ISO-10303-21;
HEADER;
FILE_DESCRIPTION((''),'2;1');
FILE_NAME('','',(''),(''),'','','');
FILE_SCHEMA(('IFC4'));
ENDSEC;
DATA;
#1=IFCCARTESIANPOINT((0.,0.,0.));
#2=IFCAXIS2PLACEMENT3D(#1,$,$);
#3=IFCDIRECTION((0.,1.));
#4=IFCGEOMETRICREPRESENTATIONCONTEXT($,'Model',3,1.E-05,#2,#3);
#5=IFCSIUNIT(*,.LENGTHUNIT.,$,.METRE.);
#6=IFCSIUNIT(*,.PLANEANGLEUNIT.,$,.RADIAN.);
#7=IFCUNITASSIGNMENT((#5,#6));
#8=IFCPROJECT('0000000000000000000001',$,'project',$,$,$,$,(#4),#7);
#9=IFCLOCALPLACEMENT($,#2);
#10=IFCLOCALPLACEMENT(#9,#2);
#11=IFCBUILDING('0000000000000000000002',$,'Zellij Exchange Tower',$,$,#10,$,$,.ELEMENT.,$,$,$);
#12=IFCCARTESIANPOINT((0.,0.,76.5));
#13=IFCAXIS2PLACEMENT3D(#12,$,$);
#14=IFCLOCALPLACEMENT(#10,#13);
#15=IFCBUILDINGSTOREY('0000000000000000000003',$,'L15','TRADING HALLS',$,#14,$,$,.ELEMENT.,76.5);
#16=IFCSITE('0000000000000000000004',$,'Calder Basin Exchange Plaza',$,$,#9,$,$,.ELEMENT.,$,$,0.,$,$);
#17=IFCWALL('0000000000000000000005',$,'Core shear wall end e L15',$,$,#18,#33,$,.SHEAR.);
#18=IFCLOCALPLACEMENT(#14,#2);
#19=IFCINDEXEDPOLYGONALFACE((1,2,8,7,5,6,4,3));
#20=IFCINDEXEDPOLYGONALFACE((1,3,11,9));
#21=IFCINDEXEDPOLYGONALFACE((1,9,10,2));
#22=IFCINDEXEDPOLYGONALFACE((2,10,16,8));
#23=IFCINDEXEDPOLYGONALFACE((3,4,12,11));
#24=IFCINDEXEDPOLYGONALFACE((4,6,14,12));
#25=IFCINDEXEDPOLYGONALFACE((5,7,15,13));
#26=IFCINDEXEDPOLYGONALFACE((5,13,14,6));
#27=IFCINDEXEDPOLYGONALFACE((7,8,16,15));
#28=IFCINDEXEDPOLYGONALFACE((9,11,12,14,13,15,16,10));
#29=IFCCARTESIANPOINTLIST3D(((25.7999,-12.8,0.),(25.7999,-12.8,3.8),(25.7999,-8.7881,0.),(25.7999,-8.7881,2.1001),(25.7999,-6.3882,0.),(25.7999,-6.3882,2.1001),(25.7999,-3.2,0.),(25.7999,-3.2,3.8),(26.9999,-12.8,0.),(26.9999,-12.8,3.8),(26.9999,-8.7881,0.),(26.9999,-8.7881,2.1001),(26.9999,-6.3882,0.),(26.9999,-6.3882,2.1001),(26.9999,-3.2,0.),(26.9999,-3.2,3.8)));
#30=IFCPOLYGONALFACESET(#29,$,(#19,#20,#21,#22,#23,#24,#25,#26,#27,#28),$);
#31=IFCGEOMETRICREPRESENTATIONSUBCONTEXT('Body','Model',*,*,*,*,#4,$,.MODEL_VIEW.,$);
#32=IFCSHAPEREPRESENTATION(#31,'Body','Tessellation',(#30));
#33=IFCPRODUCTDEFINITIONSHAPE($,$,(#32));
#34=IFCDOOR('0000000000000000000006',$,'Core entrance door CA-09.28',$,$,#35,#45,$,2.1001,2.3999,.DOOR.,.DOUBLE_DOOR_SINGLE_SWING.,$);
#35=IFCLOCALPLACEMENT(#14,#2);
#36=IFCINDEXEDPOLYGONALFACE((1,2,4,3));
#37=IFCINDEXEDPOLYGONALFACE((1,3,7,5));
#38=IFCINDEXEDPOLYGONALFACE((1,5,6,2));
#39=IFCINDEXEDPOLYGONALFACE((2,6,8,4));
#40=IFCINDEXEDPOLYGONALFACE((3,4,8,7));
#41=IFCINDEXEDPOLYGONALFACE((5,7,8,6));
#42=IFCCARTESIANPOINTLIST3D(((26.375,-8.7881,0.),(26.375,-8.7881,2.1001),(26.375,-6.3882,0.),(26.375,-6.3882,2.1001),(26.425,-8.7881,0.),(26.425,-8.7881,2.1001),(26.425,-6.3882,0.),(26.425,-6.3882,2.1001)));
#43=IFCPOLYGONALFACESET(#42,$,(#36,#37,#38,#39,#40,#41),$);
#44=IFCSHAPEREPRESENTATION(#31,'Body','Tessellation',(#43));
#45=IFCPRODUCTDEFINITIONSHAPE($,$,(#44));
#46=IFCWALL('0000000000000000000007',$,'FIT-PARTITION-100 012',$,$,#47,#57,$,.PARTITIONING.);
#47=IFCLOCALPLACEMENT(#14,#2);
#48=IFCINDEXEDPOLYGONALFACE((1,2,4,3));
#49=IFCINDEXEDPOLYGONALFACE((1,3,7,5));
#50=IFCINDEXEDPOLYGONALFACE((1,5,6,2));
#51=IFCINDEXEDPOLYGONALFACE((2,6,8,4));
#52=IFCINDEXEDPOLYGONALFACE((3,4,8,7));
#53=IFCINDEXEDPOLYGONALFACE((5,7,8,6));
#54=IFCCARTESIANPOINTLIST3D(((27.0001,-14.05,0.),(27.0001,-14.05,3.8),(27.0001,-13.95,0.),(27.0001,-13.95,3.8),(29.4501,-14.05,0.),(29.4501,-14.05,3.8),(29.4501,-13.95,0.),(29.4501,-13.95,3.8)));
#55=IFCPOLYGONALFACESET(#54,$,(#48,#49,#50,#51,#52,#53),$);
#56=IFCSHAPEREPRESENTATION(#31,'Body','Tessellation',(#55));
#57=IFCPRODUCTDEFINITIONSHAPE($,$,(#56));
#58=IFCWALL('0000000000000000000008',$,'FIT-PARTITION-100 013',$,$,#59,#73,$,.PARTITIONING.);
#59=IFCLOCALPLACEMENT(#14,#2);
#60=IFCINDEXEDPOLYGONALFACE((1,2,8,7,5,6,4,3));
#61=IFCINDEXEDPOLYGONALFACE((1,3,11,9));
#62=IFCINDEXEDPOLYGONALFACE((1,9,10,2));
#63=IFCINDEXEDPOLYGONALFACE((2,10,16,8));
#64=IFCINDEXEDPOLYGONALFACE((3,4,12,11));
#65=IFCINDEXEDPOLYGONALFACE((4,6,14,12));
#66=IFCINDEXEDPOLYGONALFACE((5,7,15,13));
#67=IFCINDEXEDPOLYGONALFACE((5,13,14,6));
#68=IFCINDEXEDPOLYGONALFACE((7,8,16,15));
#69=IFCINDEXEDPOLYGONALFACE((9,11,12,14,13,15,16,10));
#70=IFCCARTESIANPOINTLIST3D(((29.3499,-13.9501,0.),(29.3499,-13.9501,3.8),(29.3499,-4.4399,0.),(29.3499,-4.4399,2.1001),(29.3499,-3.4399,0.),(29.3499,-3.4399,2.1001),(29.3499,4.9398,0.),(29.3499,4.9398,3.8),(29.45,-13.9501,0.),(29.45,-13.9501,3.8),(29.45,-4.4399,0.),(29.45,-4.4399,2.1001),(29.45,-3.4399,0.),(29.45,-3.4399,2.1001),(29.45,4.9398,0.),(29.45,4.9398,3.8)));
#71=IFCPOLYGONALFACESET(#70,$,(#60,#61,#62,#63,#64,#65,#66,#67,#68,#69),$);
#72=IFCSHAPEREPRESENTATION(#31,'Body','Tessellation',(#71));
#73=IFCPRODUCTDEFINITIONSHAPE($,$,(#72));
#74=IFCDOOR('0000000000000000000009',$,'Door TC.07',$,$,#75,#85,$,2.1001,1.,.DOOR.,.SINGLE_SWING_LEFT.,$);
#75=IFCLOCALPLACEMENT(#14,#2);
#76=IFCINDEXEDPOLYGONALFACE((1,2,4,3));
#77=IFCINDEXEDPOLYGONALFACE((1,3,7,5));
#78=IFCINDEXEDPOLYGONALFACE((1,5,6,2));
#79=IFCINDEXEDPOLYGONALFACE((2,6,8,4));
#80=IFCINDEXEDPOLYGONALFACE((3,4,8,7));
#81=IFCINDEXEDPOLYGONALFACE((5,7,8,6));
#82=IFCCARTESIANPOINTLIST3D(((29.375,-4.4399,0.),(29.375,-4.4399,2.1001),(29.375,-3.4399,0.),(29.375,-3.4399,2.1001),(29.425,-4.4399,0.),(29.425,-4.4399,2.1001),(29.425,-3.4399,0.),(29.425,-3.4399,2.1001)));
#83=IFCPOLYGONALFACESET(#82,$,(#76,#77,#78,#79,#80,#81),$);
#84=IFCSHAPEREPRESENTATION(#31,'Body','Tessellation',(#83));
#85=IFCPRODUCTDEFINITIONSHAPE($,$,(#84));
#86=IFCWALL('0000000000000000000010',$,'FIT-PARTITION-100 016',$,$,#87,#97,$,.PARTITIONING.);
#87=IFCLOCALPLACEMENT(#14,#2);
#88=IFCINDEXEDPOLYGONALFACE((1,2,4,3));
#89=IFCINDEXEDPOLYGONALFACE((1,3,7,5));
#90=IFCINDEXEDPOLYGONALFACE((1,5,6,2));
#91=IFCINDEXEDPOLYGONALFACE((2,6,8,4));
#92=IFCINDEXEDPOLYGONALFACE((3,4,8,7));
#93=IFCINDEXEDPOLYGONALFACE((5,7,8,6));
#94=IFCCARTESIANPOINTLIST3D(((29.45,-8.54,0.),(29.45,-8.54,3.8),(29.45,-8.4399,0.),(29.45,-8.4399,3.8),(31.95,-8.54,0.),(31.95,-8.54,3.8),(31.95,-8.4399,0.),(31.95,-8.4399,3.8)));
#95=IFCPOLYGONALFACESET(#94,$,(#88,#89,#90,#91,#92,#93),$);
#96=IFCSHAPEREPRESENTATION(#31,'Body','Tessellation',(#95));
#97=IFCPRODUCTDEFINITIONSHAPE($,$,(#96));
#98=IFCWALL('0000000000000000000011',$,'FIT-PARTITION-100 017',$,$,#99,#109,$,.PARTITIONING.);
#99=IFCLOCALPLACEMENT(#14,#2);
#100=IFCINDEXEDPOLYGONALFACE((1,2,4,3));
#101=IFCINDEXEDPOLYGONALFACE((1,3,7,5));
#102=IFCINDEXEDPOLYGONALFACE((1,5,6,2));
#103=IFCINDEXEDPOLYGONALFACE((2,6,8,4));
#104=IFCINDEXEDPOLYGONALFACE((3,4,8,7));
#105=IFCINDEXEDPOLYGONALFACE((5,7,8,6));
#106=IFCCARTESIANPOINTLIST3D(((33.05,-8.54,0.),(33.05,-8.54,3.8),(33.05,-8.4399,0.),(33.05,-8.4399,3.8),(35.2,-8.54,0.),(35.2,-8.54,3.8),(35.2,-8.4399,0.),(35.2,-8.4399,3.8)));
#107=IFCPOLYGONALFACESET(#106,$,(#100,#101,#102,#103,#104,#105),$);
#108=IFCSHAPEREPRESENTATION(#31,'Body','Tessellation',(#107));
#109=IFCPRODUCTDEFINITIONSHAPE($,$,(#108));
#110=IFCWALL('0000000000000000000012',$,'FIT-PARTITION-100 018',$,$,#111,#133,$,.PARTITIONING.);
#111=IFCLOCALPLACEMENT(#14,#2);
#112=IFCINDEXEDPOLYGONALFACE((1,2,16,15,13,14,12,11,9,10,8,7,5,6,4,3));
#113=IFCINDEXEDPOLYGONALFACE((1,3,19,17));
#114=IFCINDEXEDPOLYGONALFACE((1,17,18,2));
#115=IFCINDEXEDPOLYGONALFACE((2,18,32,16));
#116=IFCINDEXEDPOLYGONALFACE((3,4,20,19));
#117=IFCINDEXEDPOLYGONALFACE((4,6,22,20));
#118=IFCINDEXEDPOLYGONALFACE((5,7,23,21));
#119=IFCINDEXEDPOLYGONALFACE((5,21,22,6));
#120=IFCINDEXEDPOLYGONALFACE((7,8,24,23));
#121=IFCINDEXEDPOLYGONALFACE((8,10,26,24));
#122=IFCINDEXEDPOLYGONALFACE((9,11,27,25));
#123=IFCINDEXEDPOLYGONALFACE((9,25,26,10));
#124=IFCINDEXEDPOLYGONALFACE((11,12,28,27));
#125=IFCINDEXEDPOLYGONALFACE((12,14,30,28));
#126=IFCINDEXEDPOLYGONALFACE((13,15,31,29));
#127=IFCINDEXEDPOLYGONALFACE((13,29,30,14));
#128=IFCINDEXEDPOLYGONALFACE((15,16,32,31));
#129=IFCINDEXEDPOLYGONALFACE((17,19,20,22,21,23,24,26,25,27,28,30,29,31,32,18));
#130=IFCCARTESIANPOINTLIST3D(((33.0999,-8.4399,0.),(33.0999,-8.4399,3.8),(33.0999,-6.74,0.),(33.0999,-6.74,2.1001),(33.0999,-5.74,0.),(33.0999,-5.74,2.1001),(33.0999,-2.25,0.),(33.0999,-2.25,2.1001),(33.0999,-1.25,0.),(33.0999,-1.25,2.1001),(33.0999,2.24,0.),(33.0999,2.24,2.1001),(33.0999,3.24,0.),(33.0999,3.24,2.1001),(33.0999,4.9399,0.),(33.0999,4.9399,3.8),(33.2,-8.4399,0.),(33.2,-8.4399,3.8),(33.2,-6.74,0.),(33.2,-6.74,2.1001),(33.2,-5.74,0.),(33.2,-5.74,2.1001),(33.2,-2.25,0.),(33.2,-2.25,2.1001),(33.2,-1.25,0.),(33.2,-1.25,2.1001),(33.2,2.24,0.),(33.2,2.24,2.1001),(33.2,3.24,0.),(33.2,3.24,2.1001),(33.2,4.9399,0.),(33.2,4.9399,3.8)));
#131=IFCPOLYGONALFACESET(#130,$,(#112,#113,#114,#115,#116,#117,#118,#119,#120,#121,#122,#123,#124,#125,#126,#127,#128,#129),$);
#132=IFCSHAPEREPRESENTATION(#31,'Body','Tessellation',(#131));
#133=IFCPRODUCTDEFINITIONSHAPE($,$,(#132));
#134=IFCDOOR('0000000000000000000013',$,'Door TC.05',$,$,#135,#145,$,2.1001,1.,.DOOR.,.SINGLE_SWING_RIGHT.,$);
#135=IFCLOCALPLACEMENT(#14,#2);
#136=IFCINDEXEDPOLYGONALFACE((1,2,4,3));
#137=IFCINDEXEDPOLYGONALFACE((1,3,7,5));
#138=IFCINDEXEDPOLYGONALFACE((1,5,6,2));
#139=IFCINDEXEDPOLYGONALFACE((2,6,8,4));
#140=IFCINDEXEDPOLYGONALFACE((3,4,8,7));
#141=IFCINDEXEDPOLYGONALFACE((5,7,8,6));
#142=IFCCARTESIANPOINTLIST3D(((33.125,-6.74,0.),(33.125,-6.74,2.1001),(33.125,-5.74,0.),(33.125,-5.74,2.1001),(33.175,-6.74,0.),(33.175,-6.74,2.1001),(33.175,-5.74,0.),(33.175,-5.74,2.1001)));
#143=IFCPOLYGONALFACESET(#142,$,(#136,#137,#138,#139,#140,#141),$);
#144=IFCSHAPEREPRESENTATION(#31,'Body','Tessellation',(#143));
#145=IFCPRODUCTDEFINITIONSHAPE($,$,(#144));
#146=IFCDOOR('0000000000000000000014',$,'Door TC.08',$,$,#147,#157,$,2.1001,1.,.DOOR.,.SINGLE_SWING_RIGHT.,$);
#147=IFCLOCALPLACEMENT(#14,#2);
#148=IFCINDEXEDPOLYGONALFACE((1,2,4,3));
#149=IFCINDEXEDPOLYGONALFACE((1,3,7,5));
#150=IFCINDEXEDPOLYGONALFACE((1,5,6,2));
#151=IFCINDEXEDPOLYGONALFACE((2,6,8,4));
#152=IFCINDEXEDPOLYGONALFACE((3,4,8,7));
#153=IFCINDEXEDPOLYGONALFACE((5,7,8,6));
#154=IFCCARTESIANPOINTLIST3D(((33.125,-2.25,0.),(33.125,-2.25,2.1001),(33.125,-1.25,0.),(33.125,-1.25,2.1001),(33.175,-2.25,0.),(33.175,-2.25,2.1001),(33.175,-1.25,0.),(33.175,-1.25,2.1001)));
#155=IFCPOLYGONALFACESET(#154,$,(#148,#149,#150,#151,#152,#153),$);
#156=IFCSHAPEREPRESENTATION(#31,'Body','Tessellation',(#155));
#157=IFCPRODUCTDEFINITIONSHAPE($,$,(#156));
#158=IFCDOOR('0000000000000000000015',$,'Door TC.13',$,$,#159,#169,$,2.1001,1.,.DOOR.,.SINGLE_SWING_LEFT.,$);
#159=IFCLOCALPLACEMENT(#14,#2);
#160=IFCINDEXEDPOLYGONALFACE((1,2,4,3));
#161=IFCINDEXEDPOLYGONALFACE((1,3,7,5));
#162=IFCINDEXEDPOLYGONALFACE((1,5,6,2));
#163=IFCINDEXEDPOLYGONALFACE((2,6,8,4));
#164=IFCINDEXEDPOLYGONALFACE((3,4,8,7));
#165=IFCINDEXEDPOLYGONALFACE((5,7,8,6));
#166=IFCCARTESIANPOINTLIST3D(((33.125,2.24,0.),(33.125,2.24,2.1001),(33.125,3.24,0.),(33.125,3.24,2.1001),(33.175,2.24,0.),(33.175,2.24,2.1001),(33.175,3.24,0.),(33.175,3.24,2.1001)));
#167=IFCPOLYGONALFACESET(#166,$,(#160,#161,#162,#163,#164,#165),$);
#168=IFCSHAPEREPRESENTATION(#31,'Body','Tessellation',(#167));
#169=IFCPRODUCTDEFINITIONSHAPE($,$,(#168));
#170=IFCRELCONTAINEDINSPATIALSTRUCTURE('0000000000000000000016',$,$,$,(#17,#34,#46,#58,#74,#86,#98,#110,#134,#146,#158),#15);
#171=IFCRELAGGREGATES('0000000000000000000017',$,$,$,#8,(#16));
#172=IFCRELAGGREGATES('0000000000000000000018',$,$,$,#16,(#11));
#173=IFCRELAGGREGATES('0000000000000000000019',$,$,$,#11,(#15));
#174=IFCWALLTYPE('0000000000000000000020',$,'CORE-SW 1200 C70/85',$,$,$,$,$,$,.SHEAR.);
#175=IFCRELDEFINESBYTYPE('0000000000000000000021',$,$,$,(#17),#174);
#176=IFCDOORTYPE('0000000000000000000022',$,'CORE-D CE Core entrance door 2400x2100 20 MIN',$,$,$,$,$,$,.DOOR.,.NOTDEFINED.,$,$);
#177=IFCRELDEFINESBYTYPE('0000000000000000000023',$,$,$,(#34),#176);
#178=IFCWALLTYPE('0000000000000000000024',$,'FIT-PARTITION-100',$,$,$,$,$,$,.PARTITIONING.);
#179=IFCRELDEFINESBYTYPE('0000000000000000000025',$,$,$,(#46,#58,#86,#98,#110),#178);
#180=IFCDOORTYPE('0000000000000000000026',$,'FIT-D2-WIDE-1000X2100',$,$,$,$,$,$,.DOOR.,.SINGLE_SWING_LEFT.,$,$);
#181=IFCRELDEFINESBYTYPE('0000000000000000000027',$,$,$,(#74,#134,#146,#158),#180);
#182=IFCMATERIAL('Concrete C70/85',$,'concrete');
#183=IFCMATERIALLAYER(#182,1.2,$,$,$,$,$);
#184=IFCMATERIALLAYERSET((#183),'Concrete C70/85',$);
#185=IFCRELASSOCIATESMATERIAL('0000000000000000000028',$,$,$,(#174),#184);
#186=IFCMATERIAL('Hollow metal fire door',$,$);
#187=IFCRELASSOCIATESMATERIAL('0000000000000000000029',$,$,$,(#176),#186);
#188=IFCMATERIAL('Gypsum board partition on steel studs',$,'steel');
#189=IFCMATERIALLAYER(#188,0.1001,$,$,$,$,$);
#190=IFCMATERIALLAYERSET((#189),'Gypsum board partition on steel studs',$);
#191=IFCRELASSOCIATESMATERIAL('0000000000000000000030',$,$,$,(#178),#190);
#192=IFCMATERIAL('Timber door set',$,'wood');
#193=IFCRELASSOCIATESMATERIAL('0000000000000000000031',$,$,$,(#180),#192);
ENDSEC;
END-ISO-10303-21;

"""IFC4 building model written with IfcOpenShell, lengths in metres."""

from ifc_helpers import new_model, si_unit, direction, frame, frame_2d, origin, place, context, subcontext, project, spatial, rectangle, extrude, material, layer, layer_set, type_object, element, fill, save


model = new_model("IFC4")

# Units and contexts
model_context = context("Model", 3, precision=1e-05, world=origin(), true_north=direction((0.0, 1.0)))
body_context = subcontext(model_context, "Body", "Model", "MODEL_VIEW")
ifc_project = project(units=[si_unit("LENGTHUNIT", "METRE"), si_unit("PLANEANGLEUNIT", "RADIAN")], contexts=[model_context])

# Site, building, storey
site_placement = place(None, origin())
site = spatial("IfcSite", under=ifc_project, at=site_placement, Name="Calder Basin Exchange Plaza", CompositionType="ELEMENT", RefElevation=0.0)
building_placement = place(site_placement, origin())
building = spatial("IfcBuilding", under=site, at=building_placement, Name="Zellij Exchange Tower", CompositionType="ELEMENT")
storey_placement = place(building_placement, frame((0.0, 0.0, 76.5)))
storey = spatial("IfcBuildingStorey", under=building, at=storey_placement, Name="L15", Description="TRADING HALLS", CompositionType="ELEMENT", Elevation=76.5)

# Shared definitions
ifc_material_1 = material(Name="Concrete C70/85", Category="concrete")

# Wall, opening, door
ifc_layer_1 = layer(ifc_material_1, 1.2)
ifc_layer_set_1 = layer_set([ifc_layer_1], Name="Concrete C70/85")
wall_type_1 = type_object("IfcWallType", Name="CORE-SW 1200 C70/85", PredefinedType="SHEAR", material=ifc_layer_set_1)
wall_1_placement = place(storey_placement, frame((26.3999, -12.8, 0.0), z_axis=(0.0, 0.0, 1.0), x_axis=(0.0, 1.0, 0.0)))
wall_1 = element("IfcWall", 1, at=wall_1_placement, inside=storey, type_object=wall_type_1, Name="Core shear wall end e L15", PredefinedType="SHEAR", context=body_context, shape_type="SweptSolid", body=[
    extrude(rectangle(XDim=9.6001, YDim=1.2, at=frame_2d((4.8, 0.0))), origin(), (0.0, 0.0, 1.0), 3.8),
])
opening_1_placement = place(wall_1_placement, frame((4.012, 0.0, 0.0)))
opening_1 = element("IfcOpeningElement", 2, at=opening_1_placement, cuts=wall_1, PredefinedType="OPENING", context=body_context, shape_type="SweptSolid", body=[
    extrude(rectangle(XDim=2.3999, YDim=2.1001, at=frame_2d((1.2, 1.05))), frame((0.0, 0.6118, 0.0), z_axis=(0.0, -1.0, 0.0), x_axis=(1.0, 0.0, 0.0)), (0.0, 0.0, 1.0), 1.2239),
])
ifc_material_2 = material(Name="Hollow metal fire door")
door_type_1 = type_object("IfcDoorType", Name="CORE-D CE Core entrance door 2400x2100 20 MIN", OperationType="NOTDEFINED", PredefinedType="DOOR", material=ifc_material_2)
door_1_placement = place(opening_1_placement, origin())
door_1 = element("IfcDoor", 3, at=door_1_placement, inside=storey, type_object=door_type_1, Name="Core entrance door CA-09.28", OperationType="DOUBLE_DOOR_SINGLE_SWING", OverallHeight=2.1001, OverallWidth=2.3999, PredefinedType="DOOR", context=body_context, shape_type="SweptSolid", body=[
    extrude(rectangle(XDim=2.3999, YDim=2.1001, at=frame_2d((1.2, 1.05))), frame((0.0, 0.0249, 0.0), z_axis=(0.0, -1.0, 0.0), x_axis=(1.0, 0.0, 0.0)), (0.0, 0.0, 1.0), 0.05),
])
fill(opening_1, door_1)

# Wall
ifc_material_3 = material(Name="Gypsum board partition on steel studs", Category="steel")
ifc_layer_2 = layer(ifc_material_3, 0.1001)
ifc_layer_set_2 = layer_set([ifc_layer_2], Name="Gypsum board partition on steel studs")
wall_type_2 = type_object("IfcWallType", Name="FIT-PARTITION-100", PredefinedType="PARTITIONING", material=ifc_layer_set_2)
wall_2_placement = place(storey_placement, frame((27.0, -14.0, 0.0), z_axis=(0.0, 0.0, 1.0), x_axis=(1.0, 0.0, 0.0)))
element("IfcWall", 4, at=wall_2_placement, inside=storey, type_object=wall_type_2, Name="FIT-PARTITION-100 012", PredefinedType="PARTITIONING", context=body_context, shape_type="SweptSolid", body=[
    extrude(rectangle(XDim=2.45, YDim=0.1001, at=frame_2d((1.2251, 0.0))), origin(), (0.0, 0.0, 1.0), 3.8),
])

# Wall, opening, door
wall_3_placement = place(storey_placement, frame((29.3999, -13.95, 0.0), z_axis=(0.0, 0.0, 1.0), x_axis=(0.0, 1.0, 0.0)))
wall_3 = element("IfcWall", 5, at=wall_3_placement, inside=storey, type_object=wall_type_2, Name="FIT-PARTITION-100 013", PredefinedType="PARTITIONING", context=body_context, shape_type="SweptSolid", body=[
    extrude(rectangle(XDim=18.8899, YDim=0.1001, at=frame_2d((9.4448, 0.0))), origin(), (0.0, 0.0, 1.0), 3.8),
])
opening_2_placement = place(wall_3_placement, frame((9.51, 0.0, 0.0)))
opening_2 = element("IfcOpeningElement", 6, at=opening_2_placement, cuts=wall_3, PredefinedType="OPENING", context=body_context, shape_type="SweptSolid", body=[
    extrude(rectangle(XDim=1.0, YDim=2.1001, at=frame_2d((0.5, 1.05))), frame((0.0, 0.062, 0.0), z_axis=(0.0, -1.0, 0.0), x_axis=(1.0, 0.0, 0.0)), (0.0, 0.0, 1.0), 0.124),
])
ifc_material_4 = material(Name="Timber door set", Category="wood")
door_type_2 = type_object("IfcDoorType", Name="FIT-D2-WIDE-1000X2100", OperationType="SINGLE_SWING_LEFT", PredefinedType="DOOR", material=ifc_material_4)
door_2_placement = place(opening_2_placement, origin())
door_2 = element("IfcDoor", 7, at=door_2_placement, inside=storey, type_object=door_type_2, Name="Door TC.07", OperationType="SINGLE_SWING_LEFT", OverallHeight=2.1001, OverallWidth=1.0, PredefinedType="DOOR", context=body_context, shape_type="SweptSolid", body=[
    extrude(rectangle(XDim=1.0, YDim=2.1001, at=frame_2d((0.5, 1.05))), frame((0.0, 0.0249, 0.0), z_axis=(0.0, -1.0, 0.0), x_axis=(1.0, 0.0, 0.0)), (0.0, 0.0, 1.0), 0.05),
])
fill(opening_2, door_2)

# Walls
wall_4_placement = place(storey_placement, frame((29.45, -8.49, 0.0), z_axis=(0.0, 0.0, 1.0), x_axis=(1.0, 0.0, 0.0)))
element("IfcWall", 8, at=wall_4_placement, inside=storey, type_object=wall_type_2, Name="FIT-PARTITION-100 016", PredefinedType="PARTITIONING", context=body_context, shape_type="SweptSolid", body=[
    extrude(rectangle(XDim=2.5, YDim=0.1001, at=frame_2d((1.25, 0.0))), origin(), (0.0, 0.0, 1.0), 3.8),
])
wall_5_placement = place(storey_placement, frame((33.05, -8.49, 0.0), z_axis=(0.0, 0.0, 1.0), x_axis=(1.0, 0.0, 0.0)))
element("IfcWall", 9, at=wall_5_placement, inside=storey, type_object=wall_type_2, Name="FIT-PARTITION-100 017", PredefinedType="PARTITIONING", context=body_context, shape_type="SweptSolid", body=[
    extrude(rectangle(XDim=2.1499, YDim=0.1001, at=frame_2d((1.075, 0.0))), origin(), (0.0, 0.0, 1.0), 3.8),
])

# Wall, openings, doors
wall_6_placement = place(storey_placement, frame((33.1499, -8.4399, 0.0), z_axis=(0.0, 0.0, 1.0), x_axis=(0.0, 1.0, 0.0)))
wall_6 = element("IfcWall", 10, at=wall_6_placement, inside=storey, type_object=wall_type_2, Name="FIT-PARTITION-100 018", PredefinedType="PARTITIONING", context=body_context, shape_type="SweptSolid", body=[
    extrude(rectangle(XDim=13.3799, YDim=0.1001, at=frame_2d((6.6899, 0.0))), origin(), (0.0, 0.0, 1.0), 3.8),
])
opening_3_placement = place(wall_6_placement, frame((1.7, 0.0, 0.0)))
opening_3 = element("IfcOpeningElement", 11, at=opening_3_placement, cuts=wall_6, PredefinedType="OPENING", context=body_context, shape_type="SweptSolid", body=[
    extrude(rectangle(XDim=1.0, YDim=2.1001, at=frame_2d((0.5, 1.05))), frame((0.0, 0.062, 0.0), z_axis=(0.0, -1.0, 0.0), x_axis=(1.0, 0.0, 0.0)), (0.0, 0.0, 1.0), 0.124),
])
opening_4_placement = place(wall_6_placement, frame((6.1899, 0.0, 0.0)))
opening_4 = element("IfcOpeningElement", 12, at=opening_4_placement, cuts=wall_6, PredefinedType="OPENING", context=body_context, shape_type="SweptSolid", body=[
    extrude(rectangle(XDim=1.0, YDim=2.1001, at=frame_2d((0.5, 1.05))), frame((0.0, 0.062, 0.0), z_axis=(0.0, -1.0, 0.0), x_axis=(1.0, 0.0, 0.0)), (0.0, 0.0, 1.0), 0.124),
])
opening_5_placement = place(wall_6_placement, frame((10.6799, 0.0, 0.0)))
opening_5 = element("IfcOpeningElement", 13, at=opening_5_placement, cuts=wall_6, PredefinedType="OPENING", context=body_context, shape_type="SweptSolid", body=[
    extrude(rectangle(XDim=1.0, YDim=2.1001, at=frame_2d((0.5, 1.05))), frame((0.0, 0.062, 0.0), z_axis=(0.0, -1.0, 0.0), x_axis=(1.0, 0.0, 0.0)), (0.0, 0.0, 1.0), 0.124),
])
door_3_placement = place(opening_3_placement, origin())
door_3 = element("IfcDoor", 14, at=door_3_placement, inside=storey, type_object=door_type_2, Name="Door TC.05", OperationType="SINGLE_SWING_RIGHT", OverallHeight=2.1001, OverallWidth=1.0, PredefinedType="DOOR", context=body_context, shape_type="SweptSolid", body=[
    extrude(rectangle(XDim=1.0, YDim=2.1001, at=frame_2d((0.5, 1.05))), frame((0.0, 0.0249, 0.0), z_axis=(0.0, -1.0, 0.0), x_axis=(1.0, 0.0, 0.0)), (0.0, 0.0, 1.0), 0.05),
])
fill(opening_3, door_3)
door_4_placement = place(opening_4_placement, origin())
door_4 = element("IfcDoor", 15, at=door_4_placement, inside=storey, type_object=door_type_2, Name="Door TC.08", OperationType="SINGLE_SWING_RIGHT", OverallHeight=2.1001, OverallWidth=1.0, PredefinedType="DOOR", context=body_context, shape_type="SweptSolid", body=[
    extrude(rectangle(XDim=1.0, YDim=2.1001, at=frame_2d((0.5, 1.05))), frame((0.0, 0.0249, 0.0), z_axis=(0.0, -1.0, 0.0), x_axis=(1.0, 0.0, 0.0)), (0.0, 0.0, 1.0), 0.05),
])
fill(opening_4, door_4)
door_5_placement = place(opening_5_placement, origin())
door_5 = element("IfcDoor", 16, at=door_5_placement, inside=storey, type_object=door_type_2, Name="Door TC.13", OperationType="SINGLE_SWING_LEFT", OverallHeight=2.1001, OverallWidth=1.0, PredefinedType="DOOR", context=body_context, shape_type="SweptSolid", body=[
    extrude(rectangle(XDim=1.0, YDim=2.1001, at=frame_2d((0.5, 1.05))), frame((0.0, 0.0249, 0.0), z_axis=(0.0, -1.0, 0.0), x_axis=(1.0, 0.0, 0.0)), (0.0, 0.0, 1.0), 0.05),
])
fill(opening_5, door_5)

save(model, "model.ifc")
